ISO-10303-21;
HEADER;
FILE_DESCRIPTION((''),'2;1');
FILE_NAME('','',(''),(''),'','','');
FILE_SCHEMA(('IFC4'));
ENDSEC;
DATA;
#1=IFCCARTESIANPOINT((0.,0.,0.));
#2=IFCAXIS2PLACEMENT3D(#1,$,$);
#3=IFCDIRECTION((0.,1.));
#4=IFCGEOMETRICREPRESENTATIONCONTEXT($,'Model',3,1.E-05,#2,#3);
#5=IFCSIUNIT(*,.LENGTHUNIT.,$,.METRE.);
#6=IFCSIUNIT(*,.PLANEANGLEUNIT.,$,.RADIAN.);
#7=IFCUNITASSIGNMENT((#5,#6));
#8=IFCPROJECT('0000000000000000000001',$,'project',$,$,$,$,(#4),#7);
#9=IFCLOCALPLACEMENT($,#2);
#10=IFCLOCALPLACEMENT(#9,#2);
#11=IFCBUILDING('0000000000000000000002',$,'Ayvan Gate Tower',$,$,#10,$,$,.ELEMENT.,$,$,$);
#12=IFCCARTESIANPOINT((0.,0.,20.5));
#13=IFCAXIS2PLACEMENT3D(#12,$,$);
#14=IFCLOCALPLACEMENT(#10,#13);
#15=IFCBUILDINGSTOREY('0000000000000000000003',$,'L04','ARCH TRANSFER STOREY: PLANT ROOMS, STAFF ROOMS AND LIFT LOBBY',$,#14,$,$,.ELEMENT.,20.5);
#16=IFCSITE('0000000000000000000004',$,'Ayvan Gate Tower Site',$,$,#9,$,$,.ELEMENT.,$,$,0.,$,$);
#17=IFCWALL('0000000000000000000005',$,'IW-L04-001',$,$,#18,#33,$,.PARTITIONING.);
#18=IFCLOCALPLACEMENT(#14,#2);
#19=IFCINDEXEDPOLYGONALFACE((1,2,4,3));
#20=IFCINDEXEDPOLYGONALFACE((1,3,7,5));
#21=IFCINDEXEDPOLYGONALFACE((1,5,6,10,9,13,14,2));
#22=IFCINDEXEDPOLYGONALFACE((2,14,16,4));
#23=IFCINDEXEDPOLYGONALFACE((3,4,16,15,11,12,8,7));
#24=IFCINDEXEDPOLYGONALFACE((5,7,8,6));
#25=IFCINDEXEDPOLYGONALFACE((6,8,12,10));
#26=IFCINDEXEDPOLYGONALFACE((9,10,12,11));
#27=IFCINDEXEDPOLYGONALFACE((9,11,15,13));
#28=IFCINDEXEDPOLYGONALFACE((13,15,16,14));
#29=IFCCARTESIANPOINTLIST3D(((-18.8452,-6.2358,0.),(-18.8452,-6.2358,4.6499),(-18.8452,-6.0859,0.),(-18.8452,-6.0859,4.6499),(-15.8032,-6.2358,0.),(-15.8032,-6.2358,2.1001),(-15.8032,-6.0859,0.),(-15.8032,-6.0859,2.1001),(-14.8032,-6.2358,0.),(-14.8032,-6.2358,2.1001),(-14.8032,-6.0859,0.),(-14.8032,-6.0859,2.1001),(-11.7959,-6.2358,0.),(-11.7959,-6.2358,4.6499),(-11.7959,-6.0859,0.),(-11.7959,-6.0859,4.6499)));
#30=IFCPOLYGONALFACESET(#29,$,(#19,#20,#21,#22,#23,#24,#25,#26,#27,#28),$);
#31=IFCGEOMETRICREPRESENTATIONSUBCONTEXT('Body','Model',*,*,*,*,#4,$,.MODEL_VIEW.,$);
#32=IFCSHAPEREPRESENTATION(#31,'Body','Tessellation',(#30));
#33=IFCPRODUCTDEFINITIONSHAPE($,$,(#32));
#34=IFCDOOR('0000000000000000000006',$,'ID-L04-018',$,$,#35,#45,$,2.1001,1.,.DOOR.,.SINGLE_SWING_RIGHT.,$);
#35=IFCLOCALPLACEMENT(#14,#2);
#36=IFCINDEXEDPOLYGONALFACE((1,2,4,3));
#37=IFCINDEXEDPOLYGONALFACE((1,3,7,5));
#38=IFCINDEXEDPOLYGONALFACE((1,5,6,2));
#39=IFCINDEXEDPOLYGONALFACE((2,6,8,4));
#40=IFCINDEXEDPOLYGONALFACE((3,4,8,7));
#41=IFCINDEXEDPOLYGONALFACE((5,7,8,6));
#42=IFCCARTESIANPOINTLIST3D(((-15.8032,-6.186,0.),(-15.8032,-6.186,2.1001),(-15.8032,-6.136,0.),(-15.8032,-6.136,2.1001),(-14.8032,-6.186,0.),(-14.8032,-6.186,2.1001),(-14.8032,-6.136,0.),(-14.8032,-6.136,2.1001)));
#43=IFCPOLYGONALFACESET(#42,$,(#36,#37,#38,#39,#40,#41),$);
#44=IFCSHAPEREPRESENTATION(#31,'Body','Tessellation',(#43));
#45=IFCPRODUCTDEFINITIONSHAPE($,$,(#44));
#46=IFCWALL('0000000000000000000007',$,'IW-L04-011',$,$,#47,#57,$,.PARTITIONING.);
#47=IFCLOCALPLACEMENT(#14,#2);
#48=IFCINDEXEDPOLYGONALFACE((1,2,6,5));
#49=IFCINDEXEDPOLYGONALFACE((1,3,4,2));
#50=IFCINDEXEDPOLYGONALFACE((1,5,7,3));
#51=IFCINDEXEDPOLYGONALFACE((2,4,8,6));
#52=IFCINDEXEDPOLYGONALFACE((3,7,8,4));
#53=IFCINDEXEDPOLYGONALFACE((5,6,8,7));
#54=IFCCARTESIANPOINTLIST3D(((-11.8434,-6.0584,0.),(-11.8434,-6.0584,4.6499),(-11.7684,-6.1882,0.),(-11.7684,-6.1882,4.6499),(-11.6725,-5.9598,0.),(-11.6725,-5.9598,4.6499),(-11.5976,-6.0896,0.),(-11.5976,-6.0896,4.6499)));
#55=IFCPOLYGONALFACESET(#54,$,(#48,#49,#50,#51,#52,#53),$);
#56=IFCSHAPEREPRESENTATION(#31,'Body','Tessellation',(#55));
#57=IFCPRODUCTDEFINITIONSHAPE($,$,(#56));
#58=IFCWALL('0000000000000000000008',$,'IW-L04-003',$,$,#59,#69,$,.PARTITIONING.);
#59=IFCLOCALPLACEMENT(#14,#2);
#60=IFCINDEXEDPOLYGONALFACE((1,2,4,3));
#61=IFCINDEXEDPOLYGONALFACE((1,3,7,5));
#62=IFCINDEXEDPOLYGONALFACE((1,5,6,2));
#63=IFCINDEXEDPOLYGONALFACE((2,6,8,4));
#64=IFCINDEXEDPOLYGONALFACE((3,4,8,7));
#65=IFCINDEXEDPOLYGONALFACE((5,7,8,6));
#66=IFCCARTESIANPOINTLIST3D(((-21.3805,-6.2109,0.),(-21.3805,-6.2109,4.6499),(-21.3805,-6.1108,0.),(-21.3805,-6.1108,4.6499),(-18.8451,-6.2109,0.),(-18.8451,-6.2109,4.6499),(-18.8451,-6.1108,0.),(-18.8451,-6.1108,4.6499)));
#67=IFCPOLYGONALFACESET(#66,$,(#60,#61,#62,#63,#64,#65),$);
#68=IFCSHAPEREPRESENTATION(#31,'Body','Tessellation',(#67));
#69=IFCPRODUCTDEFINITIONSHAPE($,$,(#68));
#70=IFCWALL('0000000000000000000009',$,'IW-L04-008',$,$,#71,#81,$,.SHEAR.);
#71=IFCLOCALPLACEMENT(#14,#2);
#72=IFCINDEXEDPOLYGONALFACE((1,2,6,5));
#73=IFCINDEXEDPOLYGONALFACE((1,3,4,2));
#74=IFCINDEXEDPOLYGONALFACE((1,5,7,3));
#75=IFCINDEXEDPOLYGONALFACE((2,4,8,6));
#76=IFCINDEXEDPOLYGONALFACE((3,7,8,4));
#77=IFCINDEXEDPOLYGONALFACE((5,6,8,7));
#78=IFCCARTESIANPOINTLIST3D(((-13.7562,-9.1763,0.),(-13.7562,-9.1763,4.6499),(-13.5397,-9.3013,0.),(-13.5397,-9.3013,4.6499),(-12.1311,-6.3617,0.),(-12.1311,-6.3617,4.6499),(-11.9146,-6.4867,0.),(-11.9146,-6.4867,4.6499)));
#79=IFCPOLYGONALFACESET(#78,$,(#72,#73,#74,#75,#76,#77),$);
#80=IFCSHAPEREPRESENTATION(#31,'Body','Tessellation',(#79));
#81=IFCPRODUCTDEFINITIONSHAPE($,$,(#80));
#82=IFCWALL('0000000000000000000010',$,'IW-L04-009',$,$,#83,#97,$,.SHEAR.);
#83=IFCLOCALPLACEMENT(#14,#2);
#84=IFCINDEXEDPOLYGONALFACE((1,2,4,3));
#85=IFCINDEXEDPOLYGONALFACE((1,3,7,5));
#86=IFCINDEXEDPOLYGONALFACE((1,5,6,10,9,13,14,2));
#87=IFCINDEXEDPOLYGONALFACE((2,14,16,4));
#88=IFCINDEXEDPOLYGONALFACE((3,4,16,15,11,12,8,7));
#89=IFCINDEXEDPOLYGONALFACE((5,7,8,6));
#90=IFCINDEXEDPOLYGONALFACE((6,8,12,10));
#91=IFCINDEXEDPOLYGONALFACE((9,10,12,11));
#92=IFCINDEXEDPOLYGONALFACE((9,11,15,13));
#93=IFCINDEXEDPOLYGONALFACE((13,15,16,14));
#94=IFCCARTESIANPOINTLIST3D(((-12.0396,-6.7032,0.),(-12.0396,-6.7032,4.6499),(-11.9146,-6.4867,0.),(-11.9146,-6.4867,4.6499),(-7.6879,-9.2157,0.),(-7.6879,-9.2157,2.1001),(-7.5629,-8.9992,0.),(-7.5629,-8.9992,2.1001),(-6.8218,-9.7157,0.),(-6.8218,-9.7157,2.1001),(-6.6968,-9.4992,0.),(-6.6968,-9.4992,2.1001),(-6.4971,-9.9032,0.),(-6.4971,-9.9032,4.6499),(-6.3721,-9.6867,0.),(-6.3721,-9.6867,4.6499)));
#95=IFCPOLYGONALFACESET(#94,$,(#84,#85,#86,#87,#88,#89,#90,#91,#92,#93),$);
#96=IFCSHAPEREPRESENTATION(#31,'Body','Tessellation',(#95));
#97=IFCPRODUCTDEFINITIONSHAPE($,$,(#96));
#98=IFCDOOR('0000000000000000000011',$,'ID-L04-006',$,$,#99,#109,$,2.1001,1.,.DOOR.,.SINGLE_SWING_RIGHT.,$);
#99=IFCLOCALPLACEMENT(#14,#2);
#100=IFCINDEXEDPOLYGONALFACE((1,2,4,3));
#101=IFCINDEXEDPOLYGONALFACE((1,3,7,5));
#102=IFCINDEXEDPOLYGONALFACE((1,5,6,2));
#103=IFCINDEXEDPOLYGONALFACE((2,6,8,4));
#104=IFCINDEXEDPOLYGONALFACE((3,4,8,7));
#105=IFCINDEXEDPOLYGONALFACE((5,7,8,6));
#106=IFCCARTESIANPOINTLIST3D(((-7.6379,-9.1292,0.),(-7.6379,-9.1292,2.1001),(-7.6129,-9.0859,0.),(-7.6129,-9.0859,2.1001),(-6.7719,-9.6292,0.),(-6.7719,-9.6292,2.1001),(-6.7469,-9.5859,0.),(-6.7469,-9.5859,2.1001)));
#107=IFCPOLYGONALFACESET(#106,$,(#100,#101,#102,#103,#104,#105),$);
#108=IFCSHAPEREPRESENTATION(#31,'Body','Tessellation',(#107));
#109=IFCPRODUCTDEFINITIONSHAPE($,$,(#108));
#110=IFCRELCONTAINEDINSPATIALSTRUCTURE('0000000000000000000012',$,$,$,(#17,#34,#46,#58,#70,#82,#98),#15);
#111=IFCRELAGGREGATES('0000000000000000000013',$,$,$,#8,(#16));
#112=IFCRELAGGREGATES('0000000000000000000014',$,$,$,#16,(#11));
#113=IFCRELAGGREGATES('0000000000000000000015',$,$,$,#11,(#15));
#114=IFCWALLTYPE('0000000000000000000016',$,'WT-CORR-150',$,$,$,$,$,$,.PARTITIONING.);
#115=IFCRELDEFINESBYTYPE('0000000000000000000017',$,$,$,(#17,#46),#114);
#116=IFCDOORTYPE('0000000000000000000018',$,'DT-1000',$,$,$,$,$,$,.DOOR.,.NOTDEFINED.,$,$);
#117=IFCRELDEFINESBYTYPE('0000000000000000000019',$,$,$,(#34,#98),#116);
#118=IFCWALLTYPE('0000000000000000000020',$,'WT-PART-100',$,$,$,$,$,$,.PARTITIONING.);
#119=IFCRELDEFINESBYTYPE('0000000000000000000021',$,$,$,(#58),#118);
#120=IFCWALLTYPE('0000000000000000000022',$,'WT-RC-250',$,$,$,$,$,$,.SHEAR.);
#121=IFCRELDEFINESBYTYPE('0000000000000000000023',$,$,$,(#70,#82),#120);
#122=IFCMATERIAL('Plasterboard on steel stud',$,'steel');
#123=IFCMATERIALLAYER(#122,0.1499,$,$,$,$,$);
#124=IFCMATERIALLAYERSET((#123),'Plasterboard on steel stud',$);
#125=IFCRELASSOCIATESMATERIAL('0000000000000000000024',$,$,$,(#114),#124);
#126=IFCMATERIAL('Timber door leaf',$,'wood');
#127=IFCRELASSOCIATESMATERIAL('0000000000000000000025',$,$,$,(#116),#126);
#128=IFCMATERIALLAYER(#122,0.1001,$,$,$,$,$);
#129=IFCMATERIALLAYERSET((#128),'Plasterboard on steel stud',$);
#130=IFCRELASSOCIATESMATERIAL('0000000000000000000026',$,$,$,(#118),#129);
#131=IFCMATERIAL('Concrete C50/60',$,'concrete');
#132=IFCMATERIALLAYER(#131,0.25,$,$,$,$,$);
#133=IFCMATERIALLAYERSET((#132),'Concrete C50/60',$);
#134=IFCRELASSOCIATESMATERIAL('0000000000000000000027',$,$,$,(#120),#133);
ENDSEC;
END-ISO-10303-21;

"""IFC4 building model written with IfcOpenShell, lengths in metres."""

from ifc_helpers import new_model, si_unit, direction, frame, frame_2d, origin, place, context, subcontext, project, spatial, rectangle, extrude, material, layer, layer_set, type_object, element, fill, save


model = new_model("IFC4")

# Units and contexts
model_context = context("Model", 3, precision=1e-05, world=origin(), true_north=direction((0.0, 1.0)))
body_context = subcontext(model_context, "Body", "Model", "MODEL_VIEW")
ifc_project = project(units=[si_unit("LENGTHUNIT", "METRE"), si_unit("PLANEANGLEUNIT", "RADIAN")], contexts=[model_context])

# Site, building, storey
site_placement = place(None, origin())
site = spatial("IfcSite", under=ifc_project, at=site_placement, Name="Ayvan Gate Tower Site", CompositionType="ELEMENT", RefElevation=0.0)
building_placement = place(site_placement, origin())
building = spatial("IfcBuilding", under=site, at=building_placement, Name="Ayvan Gate Tower", CompositionType="ELEMENT")
storey_placement = place(building_placement, frame((0.0, 0.0, 20.5)))
storey = spatial("IfcBuildingStorey", under=building, at=storey_placement, Name="L04", Description="ARCH TRANSFER STOREY: PLANT ROOMS, STAFF ROOMS AND LIFT LOBBY", CompositionType="ELEMENT", Elevation=20.5)

# Wall, opening, door
ifc_material_1 = material(Name="Plasterboard on steel stud", Category="steel")
ifc_layer_1 = layer(ifc_material_1, 0.1499)
ifc_layer_set_1 = layer_set([ifc_layer_1], Name="Plasterboard on steel stud")
wall_type_1 = type_object("IfcWallType", Name="WT-CORR-150", PredefinedType="PARTITIONING", material=ifc_layer_set_1)
wall_1_placement = place(storey_placement, frame((-18.8452, -6.1609, 0.0), z_axis=(0.0, 0.0, 1.0), x_axis=(1.0, 0.0, 0.0)))
wall_1 = element("IfcWall", 1, at=wall_1_placement, inside=storey, type_object=wall_type_1, Name="IW-L04-001", PredefinedType="PARTITIONING", context=body_context, shape_type="SweptSolid", body=[
    extrude(rectangle(XDim=7.0493, YDim=0.1499, at=frame_2d((3.5247, 0.0))), origin(), (0.0, 0.0, 1.0), 4.6499),
])
opening_1_placement = place(wall_1_placement, frame((3.042, 0.0, 0.0)))
opening_1 = element("IfcOpeningElement", 2, at=opening_1_placement, cuts=wall_1, PredefinedType="OPENING", context=body_context, shape_type="SweptSolid", body=[
    extrude(rectangle(XDim=1.0, YDim=2.1001, at=frame_2d((0.5, 1.05))), frame((0.0, 0.085, 0.0), z_axis=(0.0, -1.0, 0.0), x_axis=(1.0, 0.0, 0.0)), (0.0, 0.0, 1.0), 0.1699),
])
ifc_material_2 = material(Name="Timber door leaf", Category="wood")
door_type = type_object("IfcDoorType", Name="DT-1000", OperationType="NOTDEFINED", PredefinedType="DOOR", material=ifc_material_2)
door_1_placement = place(opening_1_placement, origin())
door_1 = element("IfcDoor", 3, at=door_1_placement, inside=storey, type_object=door_type, Name="ID-L04-018", OperationType="SINGLE_SWING_RIGHT", OverallHeight=2.1001, OverallWidth=1.0, PredefinedType="DOOR", context=body_context, shape_type="SweptSolid", body=[
    extrude(rectangle(XDim=1.0, YDim=2.1001, at=frame_2d((0.5, 1.05))), frame((0.0, 0.0249, 0.0), z_axis=(0.0, -1.0, 0.0), x_axis=(1.0, 0.0, 0.0)), (0.0, 0.0, 1.0), 0.05),
])
fill(opening_1, door_1)

# Walls
wall_2_placement = place(storey_placement, frame((-11.8059, -6.1233, 0.0), z_axis=(0.0, 0.0, 1.0), x_axis=(0.866103, 0.499865, 0.0)))
element("IfcWall", 4, at=wall_2_placement, inside=storey, type_object=wall_type_1, Name="IW-L04-011", PredefinedType="PARTITIONING", context=body_context, shape_type="SweptSolid", body=[
    extrude(rectangle(XDim=0.1973, YDim=0.1499, at=frame_2d((0.0986, 0.0))), origin(), (0.0, 0.0, 1.0), 4.6499),
])
ifc_layer_2 = layer(ifc_material_1, 0.1001)
ifc_layer_set_2 = layer_set([ifc_layer_2], Name="Plasterboard on steel stud")
wall_type_2 = type_object("IfcWallType", Name="WT-PART-100", PredefinedType="PARTITIONING", material=ifc_layer_set_2)
wall_3_placement = place(storey_placement, frame((-18.8452, -6.1609, 0.0), z_axis=(0.0, 0.0, 1.0), x_axis=(-1.0, 0.0, 0.0)))
element("IfcWall", 5, at=wall_3_placement, inside=storey, type_object=wall_type_2, Name="IW-L04-003", PredefinedType="PARTITIONING", context=body_context, shape_type="SweptSolid", body=[
    extrude(rectangle(XDim=2.5354, YDim=0.1001, at=frame_2d((1.2676, 0.0))), origin(), (0.0, 0.0, 1.0), 4.6499),
])
ifc_material_3 = material(Name="Concrete C50/60", Category="concrete")
ifc_layer_3 = layer(ifc_material_3, 0.25)
ifc_layer_set_3 = layer_set([ifc_layer_3], Name="Concrete C50/60")
wall_type_3 = type_object("IfcWallType", Name="WT-RC-250", PredefinedType="SHEAR", material=ifc_layer_set_3)
wall_4_placement = place(storey_placement, frame((-13.6479, -9.2388, 0.0), z_axis=(0.0, 0.0, 1.0), x_axis=(0.500017, 0.866015, 0.0)))
element("IfcWall", 6, at=wall_4_placement, inside=storey, type_object=wall_type_3, Name="IW-L04-008", PredefinedType="SHEAR", context=body_context, shape_type="SweptSolid", body=[
    extrude(rectangle(XDim=3.25, YDim=0.25, at=frame_2d((1.625, 0.0))), origin(), (0.0, 0.0, 1.0), 4.6499),
])

# Wall, opening, door
wall_5_placement = place(storey_placement, frame((-11.9771, -6.595, 0.0), z_axis=(0.0, 0.0, 1.0), x_axis=(0.866025, -0.5, 0.0)))
wall_5 = element("IfcWall", 7, at=wall_5_placement, inside=storey, type_object=wall_type_3, Name="IW-L04-009", PredefinedType="SHEAR", context=body_context, shape_type="SweptSolid", body=[
    extrude(rectangle(XDim=6.3999, YDim=0.25, at=frame_2d((3.2, 0.0))), origin(), (0.0, 0.0, 1.0), 4.6499),
])
opening_2_placement = place(wall_5_placement, frame((5.0249, 0.0, 0.0)))
opening_2 = element("IfcOpeningElement", 8, at=opening_2_placement, cuts=wall_5, PredefinedType="OPENING", context=body_context, shape_type="SweptSolid", body=[
    extrude(rectangle(XDim=1.0, YDim=2.1001, at=frame_2d((0.5, 1.05))), frame((0.0, 0.135, 0.0), z_axis=(0.0, -1.0, 0.0), x_axis=(1.0, 0.0, 0.0)), (0.0, 0.0, 1.0), 0.27),
])
door_2_placement = place(opening_2_placement, origin())
door_2 = element("IfcDoor", 9, at=door_2_placement, inside=storey, type_object=door_type, Name="ID-L04-006", OperationType="SINGLE_SWING_RIGHT", OverallHeight=2.1001, OverallWidth=1.0, PredefinedType="DOOR", context=body_context, shape_type="SweptSolid", body=[
    extrude(rectangle(XDim=1.0, YDim=2.1001, at=frame_2d((0.5, 1.05))), frame((0.0, 0.0249, 0.0), z_axis=(0.0, -1.0, 0.0), x_axis=(1.0, 0.0, 0.0)), (0.0, 0.0, 1.0), 0.05),
])
fill(opening_2, door_2)

save(model, "model.ifc")
